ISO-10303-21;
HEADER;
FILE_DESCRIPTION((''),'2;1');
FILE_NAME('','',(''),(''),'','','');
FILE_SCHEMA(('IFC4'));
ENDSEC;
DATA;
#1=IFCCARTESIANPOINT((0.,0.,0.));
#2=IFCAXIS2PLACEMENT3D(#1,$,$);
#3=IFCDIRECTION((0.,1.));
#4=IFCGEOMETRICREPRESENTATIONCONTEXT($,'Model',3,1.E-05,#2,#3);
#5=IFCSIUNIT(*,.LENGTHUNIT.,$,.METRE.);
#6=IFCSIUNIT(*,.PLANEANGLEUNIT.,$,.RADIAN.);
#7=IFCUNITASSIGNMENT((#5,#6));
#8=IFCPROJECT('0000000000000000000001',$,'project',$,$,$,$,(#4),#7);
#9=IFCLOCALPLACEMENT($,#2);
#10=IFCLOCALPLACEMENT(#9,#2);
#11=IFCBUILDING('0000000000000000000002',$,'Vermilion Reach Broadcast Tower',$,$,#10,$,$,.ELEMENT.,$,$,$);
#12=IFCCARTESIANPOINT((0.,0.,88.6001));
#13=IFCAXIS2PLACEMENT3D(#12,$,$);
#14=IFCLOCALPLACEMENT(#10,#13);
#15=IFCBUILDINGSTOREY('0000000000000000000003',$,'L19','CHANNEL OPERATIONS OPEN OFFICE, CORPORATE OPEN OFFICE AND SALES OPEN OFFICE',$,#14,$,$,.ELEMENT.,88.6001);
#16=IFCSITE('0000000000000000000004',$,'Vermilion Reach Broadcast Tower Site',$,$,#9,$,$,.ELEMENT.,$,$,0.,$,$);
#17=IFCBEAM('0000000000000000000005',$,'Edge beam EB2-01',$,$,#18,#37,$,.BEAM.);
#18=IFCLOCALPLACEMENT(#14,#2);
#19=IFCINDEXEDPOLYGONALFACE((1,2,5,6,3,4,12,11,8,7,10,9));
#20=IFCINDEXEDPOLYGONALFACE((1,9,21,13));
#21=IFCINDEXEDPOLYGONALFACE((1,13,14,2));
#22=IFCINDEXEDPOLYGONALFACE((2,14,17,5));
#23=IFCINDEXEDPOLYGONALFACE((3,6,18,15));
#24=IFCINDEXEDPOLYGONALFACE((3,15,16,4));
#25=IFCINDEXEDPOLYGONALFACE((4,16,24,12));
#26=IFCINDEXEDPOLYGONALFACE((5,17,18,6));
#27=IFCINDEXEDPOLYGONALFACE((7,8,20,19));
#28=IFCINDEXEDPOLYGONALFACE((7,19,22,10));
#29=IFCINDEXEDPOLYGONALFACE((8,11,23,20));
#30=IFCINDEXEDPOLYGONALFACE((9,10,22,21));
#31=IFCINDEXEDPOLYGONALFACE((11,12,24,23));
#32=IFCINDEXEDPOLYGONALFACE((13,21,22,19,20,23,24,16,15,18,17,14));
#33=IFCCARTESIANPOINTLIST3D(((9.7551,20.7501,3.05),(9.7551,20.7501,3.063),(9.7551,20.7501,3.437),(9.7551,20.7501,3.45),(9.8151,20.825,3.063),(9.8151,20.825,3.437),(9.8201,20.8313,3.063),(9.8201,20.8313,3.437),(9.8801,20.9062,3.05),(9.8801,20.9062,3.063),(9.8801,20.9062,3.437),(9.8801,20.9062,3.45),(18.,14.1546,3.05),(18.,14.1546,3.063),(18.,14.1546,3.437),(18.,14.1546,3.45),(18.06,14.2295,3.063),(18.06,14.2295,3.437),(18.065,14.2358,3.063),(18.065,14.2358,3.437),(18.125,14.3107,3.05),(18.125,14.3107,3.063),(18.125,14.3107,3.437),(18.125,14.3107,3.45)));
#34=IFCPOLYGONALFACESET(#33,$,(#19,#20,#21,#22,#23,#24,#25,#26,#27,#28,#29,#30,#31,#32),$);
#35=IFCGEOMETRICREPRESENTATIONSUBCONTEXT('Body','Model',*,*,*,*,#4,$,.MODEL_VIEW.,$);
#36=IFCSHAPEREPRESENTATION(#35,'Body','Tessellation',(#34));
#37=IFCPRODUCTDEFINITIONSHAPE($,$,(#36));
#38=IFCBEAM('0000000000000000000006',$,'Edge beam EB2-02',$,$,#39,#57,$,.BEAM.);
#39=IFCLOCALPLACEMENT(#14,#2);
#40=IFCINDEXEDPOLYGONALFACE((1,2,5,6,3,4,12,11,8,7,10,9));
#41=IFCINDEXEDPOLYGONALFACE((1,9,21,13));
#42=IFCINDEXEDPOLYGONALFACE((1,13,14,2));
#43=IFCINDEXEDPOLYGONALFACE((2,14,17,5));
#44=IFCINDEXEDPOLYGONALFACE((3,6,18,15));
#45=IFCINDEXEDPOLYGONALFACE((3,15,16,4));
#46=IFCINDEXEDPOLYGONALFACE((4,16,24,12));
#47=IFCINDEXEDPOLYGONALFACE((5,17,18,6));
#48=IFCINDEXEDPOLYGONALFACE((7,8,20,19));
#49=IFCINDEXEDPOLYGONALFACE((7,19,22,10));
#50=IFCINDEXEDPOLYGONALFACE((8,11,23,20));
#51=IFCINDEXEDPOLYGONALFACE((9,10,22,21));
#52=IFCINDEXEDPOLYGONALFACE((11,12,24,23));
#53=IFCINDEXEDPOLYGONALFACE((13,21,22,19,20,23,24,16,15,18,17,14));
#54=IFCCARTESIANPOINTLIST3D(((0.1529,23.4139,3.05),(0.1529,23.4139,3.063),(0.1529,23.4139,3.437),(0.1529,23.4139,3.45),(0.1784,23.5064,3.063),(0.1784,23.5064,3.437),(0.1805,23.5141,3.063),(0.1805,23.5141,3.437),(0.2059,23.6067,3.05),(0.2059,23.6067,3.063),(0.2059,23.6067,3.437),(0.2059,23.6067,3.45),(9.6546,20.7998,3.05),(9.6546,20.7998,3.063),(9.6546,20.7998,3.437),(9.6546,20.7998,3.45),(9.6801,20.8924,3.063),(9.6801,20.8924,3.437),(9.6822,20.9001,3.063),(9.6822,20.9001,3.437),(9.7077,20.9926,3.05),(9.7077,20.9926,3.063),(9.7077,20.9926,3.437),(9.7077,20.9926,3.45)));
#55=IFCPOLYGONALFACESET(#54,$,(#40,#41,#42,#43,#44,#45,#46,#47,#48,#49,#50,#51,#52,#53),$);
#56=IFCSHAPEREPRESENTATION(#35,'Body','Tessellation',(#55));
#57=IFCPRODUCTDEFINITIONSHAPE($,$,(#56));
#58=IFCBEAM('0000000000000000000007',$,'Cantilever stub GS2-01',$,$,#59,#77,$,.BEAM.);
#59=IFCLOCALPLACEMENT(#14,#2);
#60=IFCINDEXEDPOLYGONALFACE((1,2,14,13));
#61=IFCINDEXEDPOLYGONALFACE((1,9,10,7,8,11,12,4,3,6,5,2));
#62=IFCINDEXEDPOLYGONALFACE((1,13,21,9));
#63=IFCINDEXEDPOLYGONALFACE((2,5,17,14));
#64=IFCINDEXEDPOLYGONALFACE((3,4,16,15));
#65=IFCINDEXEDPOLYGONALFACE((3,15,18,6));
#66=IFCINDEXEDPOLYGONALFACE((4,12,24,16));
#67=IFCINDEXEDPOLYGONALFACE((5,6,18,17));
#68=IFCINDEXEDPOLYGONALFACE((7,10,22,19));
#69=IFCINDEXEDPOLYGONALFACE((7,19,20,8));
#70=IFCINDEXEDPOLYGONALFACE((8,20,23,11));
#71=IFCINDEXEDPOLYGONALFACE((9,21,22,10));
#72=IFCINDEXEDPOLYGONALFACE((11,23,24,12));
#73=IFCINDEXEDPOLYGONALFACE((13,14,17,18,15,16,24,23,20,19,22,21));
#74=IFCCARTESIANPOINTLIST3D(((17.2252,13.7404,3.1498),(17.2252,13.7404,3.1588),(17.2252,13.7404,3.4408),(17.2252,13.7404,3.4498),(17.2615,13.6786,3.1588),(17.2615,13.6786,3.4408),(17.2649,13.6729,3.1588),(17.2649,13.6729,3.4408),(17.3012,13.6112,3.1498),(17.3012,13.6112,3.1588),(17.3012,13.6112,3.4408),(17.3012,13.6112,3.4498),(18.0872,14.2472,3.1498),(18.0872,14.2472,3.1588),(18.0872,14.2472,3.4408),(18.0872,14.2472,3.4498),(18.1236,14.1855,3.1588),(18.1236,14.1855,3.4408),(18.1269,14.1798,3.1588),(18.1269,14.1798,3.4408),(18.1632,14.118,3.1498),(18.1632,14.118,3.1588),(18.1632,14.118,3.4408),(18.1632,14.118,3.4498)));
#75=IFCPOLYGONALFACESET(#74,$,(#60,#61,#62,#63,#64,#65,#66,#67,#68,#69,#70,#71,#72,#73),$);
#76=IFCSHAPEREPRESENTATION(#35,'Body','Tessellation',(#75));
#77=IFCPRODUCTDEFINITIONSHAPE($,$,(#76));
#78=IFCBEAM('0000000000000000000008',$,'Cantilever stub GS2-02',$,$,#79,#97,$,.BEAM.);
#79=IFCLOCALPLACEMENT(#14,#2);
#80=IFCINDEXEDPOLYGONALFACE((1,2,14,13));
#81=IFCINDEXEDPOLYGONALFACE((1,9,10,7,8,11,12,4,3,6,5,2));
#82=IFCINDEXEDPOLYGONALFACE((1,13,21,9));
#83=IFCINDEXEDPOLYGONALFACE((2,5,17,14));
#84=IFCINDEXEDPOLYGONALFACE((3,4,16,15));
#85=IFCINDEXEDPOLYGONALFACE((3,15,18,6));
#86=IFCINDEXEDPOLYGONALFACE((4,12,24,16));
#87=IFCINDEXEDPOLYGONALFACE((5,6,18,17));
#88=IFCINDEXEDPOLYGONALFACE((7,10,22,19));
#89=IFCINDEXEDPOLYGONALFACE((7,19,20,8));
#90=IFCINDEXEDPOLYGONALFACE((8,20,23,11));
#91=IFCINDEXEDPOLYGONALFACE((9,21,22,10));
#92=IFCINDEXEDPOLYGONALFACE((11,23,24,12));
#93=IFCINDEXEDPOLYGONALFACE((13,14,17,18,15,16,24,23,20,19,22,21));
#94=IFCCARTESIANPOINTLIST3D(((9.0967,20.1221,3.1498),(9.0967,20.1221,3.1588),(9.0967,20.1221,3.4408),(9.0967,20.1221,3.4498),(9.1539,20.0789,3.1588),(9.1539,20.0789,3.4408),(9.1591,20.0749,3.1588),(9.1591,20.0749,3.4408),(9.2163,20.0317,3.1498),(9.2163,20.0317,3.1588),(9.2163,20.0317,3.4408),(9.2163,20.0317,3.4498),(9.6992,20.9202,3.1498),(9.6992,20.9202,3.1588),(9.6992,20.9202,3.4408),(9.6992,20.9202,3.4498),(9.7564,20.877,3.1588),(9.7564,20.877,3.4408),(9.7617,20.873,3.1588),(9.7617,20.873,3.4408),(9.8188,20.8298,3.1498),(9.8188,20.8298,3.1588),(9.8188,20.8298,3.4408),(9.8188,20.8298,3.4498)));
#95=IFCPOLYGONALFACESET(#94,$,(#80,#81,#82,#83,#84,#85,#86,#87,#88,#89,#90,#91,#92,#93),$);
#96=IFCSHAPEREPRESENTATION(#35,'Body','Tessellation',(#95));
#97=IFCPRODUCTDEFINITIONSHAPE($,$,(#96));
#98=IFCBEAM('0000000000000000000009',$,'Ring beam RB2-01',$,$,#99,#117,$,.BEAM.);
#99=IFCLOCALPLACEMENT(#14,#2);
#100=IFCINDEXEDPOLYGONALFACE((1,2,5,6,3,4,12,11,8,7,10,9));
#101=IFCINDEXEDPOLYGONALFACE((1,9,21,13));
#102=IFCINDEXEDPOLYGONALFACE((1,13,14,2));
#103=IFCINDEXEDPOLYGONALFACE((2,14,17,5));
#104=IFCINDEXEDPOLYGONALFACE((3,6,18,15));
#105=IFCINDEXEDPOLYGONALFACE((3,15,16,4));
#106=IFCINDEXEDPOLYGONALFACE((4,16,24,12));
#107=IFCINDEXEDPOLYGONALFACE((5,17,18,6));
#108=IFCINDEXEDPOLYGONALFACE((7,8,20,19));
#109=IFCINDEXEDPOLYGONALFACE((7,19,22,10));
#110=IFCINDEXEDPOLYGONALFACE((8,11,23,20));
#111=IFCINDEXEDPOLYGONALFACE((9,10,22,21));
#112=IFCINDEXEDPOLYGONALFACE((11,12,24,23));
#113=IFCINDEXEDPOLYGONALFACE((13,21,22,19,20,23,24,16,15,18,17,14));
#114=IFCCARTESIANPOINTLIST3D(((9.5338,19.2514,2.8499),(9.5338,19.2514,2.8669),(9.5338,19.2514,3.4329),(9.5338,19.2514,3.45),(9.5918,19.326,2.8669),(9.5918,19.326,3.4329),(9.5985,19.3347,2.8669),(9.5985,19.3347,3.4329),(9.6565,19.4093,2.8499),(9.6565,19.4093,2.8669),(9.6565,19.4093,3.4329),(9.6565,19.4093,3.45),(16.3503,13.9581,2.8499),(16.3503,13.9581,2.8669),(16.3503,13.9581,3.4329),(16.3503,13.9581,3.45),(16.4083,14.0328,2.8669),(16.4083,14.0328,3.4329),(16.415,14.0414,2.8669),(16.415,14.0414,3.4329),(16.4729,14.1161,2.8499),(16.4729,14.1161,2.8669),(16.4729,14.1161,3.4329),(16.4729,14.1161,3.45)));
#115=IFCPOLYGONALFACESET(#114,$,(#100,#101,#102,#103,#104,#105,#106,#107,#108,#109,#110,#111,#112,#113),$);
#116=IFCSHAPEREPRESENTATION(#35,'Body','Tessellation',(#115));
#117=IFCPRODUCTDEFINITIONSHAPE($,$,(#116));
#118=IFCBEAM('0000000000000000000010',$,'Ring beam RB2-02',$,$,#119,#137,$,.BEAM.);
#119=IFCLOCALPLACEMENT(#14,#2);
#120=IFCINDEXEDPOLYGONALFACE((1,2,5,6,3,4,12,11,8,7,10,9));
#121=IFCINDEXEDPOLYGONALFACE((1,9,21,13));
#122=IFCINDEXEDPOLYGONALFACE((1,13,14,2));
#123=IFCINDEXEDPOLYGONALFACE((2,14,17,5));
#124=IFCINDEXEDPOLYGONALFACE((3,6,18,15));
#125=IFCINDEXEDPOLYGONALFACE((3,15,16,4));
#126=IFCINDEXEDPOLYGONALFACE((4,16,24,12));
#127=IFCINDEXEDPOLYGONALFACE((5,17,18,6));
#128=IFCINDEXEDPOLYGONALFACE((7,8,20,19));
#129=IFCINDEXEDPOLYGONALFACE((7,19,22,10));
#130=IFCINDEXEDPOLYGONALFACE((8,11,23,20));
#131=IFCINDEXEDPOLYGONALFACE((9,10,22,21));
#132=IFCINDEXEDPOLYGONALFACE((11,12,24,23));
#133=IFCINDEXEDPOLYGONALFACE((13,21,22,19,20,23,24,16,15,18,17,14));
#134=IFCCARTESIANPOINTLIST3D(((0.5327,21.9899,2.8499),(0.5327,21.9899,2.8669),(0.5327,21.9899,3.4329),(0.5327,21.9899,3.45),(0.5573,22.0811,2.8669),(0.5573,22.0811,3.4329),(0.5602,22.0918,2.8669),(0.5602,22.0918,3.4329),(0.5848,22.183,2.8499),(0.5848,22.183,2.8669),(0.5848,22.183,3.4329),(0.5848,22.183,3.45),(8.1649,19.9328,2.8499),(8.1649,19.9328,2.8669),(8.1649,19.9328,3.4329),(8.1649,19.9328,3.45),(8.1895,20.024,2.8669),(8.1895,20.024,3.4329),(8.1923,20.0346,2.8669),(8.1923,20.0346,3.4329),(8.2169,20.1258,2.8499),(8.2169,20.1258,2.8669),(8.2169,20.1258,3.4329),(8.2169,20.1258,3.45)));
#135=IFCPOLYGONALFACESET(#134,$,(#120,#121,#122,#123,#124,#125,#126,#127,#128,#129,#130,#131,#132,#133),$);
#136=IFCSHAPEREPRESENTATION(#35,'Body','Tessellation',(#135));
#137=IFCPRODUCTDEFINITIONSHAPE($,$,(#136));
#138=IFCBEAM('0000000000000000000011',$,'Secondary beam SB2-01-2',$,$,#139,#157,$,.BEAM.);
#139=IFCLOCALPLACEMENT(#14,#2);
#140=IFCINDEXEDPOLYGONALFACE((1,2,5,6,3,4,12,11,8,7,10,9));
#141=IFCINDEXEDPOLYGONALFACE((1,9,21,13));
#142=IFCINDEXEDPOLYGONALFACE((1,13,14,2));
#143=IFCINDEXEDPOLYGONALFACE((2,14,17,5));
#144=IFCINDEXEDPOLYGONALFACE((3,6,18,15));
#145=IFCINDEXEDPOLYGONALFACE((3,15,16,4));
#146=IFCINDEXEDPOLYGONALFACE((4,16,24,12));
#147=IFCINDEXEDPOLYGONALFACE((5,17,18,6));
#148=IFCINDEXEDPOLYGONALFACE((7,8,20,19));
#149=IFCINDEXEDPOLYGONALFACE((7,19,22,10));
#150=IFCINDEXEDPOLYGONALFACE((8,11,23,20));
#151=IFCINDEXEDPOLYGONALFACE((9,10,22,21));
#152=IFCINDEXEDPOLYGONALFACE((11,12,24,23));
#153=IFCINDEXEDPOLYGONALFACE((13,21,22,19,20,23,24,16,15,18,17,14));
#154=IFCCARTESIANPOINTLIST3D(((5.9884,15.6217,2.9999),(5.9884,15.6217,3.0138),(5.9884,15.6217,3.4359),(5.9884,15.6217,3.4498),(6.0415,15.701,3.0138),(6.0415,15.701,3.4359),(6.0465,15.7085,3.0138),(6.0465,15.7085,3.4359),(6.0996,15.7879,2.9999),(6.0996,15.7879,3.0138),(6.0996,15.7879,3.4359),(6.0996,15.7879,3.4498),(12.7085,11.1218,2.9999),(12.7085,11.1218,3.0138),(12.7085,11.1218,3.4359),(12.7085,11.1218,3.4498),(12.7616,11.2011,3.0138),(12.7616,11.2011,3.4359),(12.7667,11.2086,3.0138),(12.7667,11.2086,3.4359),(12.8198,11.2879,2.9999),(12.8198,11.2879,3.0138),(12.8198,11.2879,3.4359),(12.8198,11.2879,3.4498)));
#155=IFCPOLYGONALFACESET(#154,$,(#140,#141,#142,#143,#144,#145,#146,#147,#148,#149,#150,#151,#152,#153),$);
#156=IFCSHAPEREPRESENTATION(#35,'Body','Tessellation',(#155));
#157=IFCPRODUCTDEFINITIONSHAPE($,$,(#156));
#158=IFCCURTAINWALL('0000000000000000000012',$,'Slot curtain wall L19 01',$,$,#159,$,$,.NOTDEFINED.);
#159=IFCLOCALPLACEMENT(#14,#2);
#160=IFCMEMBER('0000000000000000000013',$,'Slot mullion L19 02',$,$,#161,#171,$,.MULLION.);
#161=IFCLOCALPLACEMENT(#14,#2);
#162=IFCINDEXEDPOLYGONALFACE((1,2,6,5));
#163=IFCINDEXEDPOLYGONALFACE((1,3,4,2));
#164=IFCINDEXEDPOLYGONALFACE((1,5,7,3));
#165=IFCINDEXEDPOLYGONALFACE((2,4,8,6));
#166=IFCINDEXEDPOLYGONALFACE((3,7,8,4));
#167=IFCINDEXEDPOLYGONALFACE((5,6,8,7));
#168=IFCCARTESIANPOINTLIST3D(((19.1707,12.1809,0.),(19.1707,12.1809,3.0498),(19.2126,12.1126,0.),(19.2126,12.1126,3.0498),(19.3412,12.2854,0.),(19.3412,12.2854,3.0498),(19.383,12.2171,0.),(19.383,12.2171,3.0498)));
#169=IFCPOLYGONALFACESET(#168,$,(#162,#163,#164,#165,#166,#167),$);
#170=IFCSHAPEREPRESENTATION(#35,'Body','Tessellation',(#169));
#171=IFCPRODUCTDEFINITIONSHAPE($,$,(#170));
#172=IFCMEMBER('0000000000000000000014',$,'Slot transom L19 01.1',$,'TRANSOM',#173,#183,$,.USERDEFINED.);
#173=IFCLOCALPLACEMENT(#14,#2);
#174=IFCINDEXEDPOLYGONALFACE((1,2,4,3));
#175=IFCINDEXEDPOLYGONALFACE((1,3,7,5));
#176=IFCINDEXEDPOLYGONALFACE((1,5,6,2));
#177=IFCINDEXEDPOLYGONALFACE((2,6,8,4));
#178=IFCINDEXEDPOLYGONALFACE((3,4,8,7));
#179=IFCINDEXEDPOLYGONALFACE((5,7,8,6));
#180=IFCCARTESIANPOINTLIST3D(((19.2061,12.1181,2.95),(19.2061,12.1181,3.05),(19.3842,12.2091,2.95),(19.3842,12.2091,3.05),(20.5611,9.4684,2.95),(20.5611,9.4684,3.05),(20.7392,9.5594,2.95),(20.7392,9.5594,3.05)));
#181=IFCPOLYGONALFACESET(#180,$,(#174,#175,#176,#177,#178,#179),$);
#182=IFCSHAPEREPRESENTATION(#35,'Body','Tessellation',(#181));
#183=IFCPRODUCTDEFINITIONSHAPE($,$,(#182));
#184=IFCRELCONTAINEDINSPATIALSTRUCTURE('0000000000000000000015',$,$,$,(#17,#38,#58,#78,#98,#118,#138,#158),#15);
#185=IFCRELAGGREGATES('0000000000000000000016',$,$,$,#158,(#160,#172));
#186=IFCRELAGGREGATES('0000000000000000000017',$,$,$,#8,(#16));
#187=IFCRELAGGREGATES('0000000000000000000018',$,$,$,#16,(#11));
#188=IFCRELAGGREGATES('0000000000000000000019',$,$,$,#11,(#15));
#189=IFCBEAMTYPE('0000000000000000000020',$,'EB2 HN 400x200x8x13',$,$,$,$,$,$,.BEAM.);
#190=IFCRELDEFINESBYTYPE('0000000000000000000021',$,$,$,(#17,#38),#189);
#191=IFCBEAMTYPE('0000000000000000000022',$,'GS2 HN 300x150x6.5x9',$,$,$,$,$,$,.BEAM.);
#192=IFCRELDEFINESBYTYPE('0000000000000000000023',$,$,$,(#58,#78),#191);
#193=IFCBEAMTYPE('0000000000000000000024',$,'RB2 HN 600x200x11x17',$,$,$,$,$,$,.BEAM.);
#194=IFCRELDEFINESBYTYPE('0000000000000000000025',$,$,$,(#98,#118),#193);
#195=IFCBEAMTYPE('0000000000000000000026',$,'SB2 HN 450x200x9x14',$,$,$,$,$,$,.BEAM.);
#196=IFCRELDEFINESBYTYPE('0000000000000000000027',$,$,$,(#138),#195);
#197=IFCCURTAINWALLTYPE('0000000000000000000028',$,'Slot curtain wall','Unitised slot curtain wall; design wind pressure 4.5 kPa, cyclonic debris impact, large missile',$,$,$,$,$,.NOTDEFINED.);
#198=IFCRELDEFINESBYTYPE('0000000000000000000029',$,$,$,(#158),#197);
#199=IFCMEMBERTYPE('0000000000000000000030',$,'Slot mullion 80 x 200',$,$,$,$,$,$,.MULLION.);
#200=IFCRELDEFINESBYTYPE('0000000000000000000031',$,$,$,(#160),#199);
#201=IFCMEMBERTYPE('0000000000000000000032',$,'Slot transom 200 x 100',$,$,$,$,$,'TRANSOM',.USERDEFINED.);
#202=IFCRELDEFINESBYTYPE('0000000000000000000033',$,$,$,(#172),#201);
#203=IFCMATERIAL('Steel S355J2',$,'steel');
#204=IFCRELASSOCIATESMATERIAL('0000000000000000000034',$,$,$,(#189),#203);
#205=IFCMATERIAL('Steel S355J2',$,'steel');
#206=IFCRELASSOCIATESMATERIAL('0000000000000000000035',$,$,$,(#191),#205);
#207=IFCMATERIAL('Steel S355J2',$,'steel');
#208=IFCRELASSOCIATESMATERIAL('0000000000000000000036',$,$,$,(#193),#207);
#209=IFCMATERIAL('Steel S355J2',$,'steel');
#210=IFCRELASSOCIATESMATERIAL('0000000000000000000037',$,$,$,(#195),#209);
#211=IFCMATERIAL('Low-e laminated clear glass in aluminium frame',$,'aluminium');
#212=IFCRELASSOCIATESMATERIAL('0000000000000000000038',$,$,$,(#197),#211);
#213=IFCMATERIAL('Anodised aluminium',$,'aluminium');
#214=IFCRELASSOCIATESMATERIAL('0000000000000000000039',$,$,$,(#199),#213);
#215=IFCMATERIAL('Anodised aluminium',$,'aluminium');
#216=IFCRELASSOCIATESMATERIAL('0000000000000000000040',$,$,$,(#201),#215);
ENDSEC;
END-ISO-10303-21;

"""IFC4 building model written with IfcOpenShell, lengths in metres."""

from ifc_helpers import new_model, si_unit, direction, frame, origin, origin_2d, place, context, subcontext, project, spatial, rectangle, i_section, extrude, material, material_profile, profile_set, type_object, element, aggregate, save


model = new_model("IFC4")

# Units and contexts
model_context = context("Model", 3, precision=1e-05, world=origin(), true_north=direction((0.0, 1.0)))
body_context = subcontext(model_context, "Body", "Model", "MODEL_VIEW")
ifc_project = project(units=[si_unit("LENGTHUNIT", "METRE"), si_unit("PLANEANGLEUNIT", "RADIAN")], contexts=[model_context])

# Site, building, storey
site_placement = place(None, origin())
site = spatial("IfcSite", under=ifc_project, at=site_placement, Name="Vermilion Reach Broadcast Tower Site", CompositionType="ELEMENT", RefElevation=0.0)
building_placement = place(site_placement, origin())
building = spatial("IfcBuilding", under=site, at=building_placement, Name="Vermilion Reach Broadcast Tower", CompositionType="ELEMENT")
storey_placement = place(building_placement, frame((0.0, 0.0, 88.6001)))
storey = spatial("IfcBuildingStorey", under=building, at=storey_placement, Name="L19", Description="CHANNEL OPERATIONS OPEN OFFICE, CORPORATE OPEN OFFICE AND SALES OPEN OFFICE", CompositionType="ELEMENT", Elevation=88.6001)

# Beams
ifc_material_1 = material(Name="Steel S355J2", Category="steel")
ifc_material_profile_1 = material_profile(ifc_material_1, i_section(OverallWidth=0.2, OverallDepth=0.3999, WebThickness=0.0081, FlangeThickness=0.0129, at=origin_2d()), Name="S355J2 HN 400x200x8x13")
ifc_profile_set_1 = profile_set([ifc_material_profile_1], Name="Steel S355J2")
beam_type_1 = type_object("IfcBeamType", Name="EB2 HN 400x200x8x13", PredefinedType="BEAM", material=ifc_profile_set_1)
beam_1_placement = place(storey_placement, frame((18.0625, 14.2327, 3.25), z_axis=(-0.780889, 0.62467, 0.0), x_axis=(-0.62467, -0.780889, 0.0)))
element("IfcBeam", 1, at=beam_1_placement, inside=storey, type_object=beam_type_1, Name="Edge beam EB2-01", PredefinedType="BEAM", context=body_context, shape_type="SweptSolid", body=[
    extrude(i_section(OverallWidth=0.2, OverallDepth=0.3999, WebThickness=0.0081, FlangeThickness=0.0129, at=origin_2d()), origin(), (0.0, 0.0, 1.0), 10.5583),
])
beam_2_placement = place(storey_placement, frame((9.6812, 20.8962, 3.25), z_axis=(-0.964178, 0.265255, 0.0), x_axis=(-0.265255, -0.964178, 0.0)))
element("IfcBeam", 2, at=beam_2_placement, inside=storey, type_object=beam_type_1, Name="Edge beam EB2-02", PredefinedType="BEAM", context=body_context, shape_type="SweptSolid", body=[
    extrude(i_section(OverallWidth=0.2, OverallDepth=0.3999, WebThickness=0.0081, FlangeThickness=0.0129, at=origin_2d()), origin(), (0.0, 0.0, 1.0), 9.8547),
])
ifc_material_2 = material(Name="Steel S355J2", Category="steel")
ifc_material_profile_2 = material_profile(ifc_material_2, i_section(OverallWidth=0.1499, OverallDepth=0.3, WebThickness=0.0066, FlangeThickness=0.009, at=origin_2d()), Name="S355J2 HN 300x150x6.5x9")
ifc_profile_set_2 = profile_set([ifc_material_profile_2], Name="Steel S355J2")
beam_type_2 = type_object("IfcBeamType", Name="GS2 HN 300x150x6.5x9", PredefinedType="BEAM", material=ifc_profile_set_2)
for number, where, z_axis, x_axis, name in (
    (3, (17.2632, 13.6758, 3.2998), (0.862047, 0.506828, 0.0), (-0.506828, 0.862047, 0.0), "Cantilever stub GS2-01"),
    (4, (9.1565, 20.0769, 3.2998), (0.602536, 0.798092, 0.0), (-0.798092, 0.602536, 0.0), "Cantilever stub GS2-02"),
):
    element("IfcBeam", number, at=place(storey_placement, frame(where, z_axis=z_axis, x_axis=x_axis)), inside=storey, type_object=beam_type_2, Name=name, PredefinedType="BEAM", context=body_context, shape_type="SweptSolid", body=[
        extrude(i_section(OverallWidth=0.1499, OverallDepth=0.3, WebThickness=0.0066, FlangeThickness=0.009, at=origin_2d()), origin(), (0.0, 0.0, 1.0), 1.0),
    ])
ifc_material_3 = material(Name="Steel S355J2", Category="steel")
ifc_material_profile_3 = material_profile(ifc_material_3, i_section(OverallWidth=0.2, OverallDepth=0.6001, WebThickness=0.011, FlangeThickness=0.0171, at=origin_2d()), Name="S355J2 HN 600x200x11x17")
ifc_profile_set_3 = profile_set([ifc_material_profile_3], Name="Steel S355J2")
beam_type_3 = type_object("IfcBeamType", Name="RB2 HN 600x200x11x17", PredefinedType="BEAM", material=ifc_profile_set_3)
beam_3_placement = place(storey_placement, frame((16.4116, 14.0371, 3.1499), z_axis=(-0.789826, 0.613331, 0.0), x_axis=(-0.613331, -0.789826, 0.0)))
element("IfcBeam", 5, at=beam_3_placement, inside=storey, type_object=beam_type_3, Name="Ring beam RB2-01", PredefinedType="BEAM", context=body_context, shape_type="SweptSolid", body=[
    extrude(i_section(OverallWidth=0.2, OverallDepth=0.6001, WebThickness=0.011, FlangeThickness=0.0171, at=origin_2d()), origin(), (0.0, 0.0, 1.0), 8.6304),
])
beam_4_placement = place(storey_placement, frame((8.1909, 20.0293, 3.1499), z_axis=(-0.965541, 0.260249, 0.0), x_axis=(-0.260249, -0.965541, 0.0)))
element("IfcBeam", 6, at=beam_4_placement, inside=storey, type_object=beam_type_3, Name="Ring beam RB2-02", PredefinedType="BEAM", context=body_context, shape_type="SweptSolid", body=[
    extrude(i_section(OverallWidth=0.2, OverallDepth=0.6001, WebThickness=0.011, FlangeThickness=0.0171, at=origin_2d()), origin(), (0.0, 0.0, 1.0), 7.9045),
])
ifc_material_4 = material(Name="Steel S355J2", Category="steel")
ifc_material_profile_4 = material_profile(ifc_material_4, i_section(OverallWidth=0.2, OverallDepth=0.45, WebThickness=0.009, FlangeThickness=0.0139, at=origin_2d()), Name="S355J2 HN 450x200x9x14")
ifc_profile_set_4 = profile_set([ifc_material_profile_4], Name="Steel S355J2")
beam_type_4 = type_object("IfcBeamType", Name="SB2 HN 450x200x9x14", PredefinedType="BEAM", material=ifc_profile_set_4)
beam_5_placement = place(storey_placement, frame((12.7642, 11.2048, 3.2249), z_axis=(-0.830915, 0.556399, 0.0), x_axis=(-0.556399, -0.830915, 0.0)))
element("IfcBeam", 7, at=beam_5_placement, inside=storey, type_object=beam_type_4, Name="Secondary beam SB2-01-2", PredefinedType="BEAM", context=body_context, shape_type="SweptSolid", body=[
    extrude(i_section(OverallWidth=0.2, OverallDepth=0.45, WebThickness=0.009, FlangeThickness=0.0139, at=origin_2d()), origin(), (0.0, 0.0, 1.0), 8.0876),
])

# Curtain wall, members
ifc_material_5 = material(Name="Low-e laminated clear glass in aluminium frame", Category="aluminium")
curtain_wall_type = type_object("IfcCurtainWallType", Name="Slot curtain wall", Description="Unitised slot curtain wall; design wind pressure 4.5 kPa, cyclonic debris impact, large missile", PredefinedType="NOTDEFINED", material=ifc_material_5)
curtain_wall_placement = place(storey_placement, origin())
curtain_wall = element("IfcCurtainWall", 8, at=curtain_wall_placement, inside=storey, type_object=curtain_wall_type, Name="Slot curtain wall L19 01", PredefinedType="NOTDEFINED")
ifc_material_6 = material(Name="Anodised aluminium", Category="aluminium")
ifc_material_profile_5 = material_profile(ifc_material_6, rectangle(XDim=0.2, YDim=0.0801, at=origin_2d()), Name="Slot mullion 80 x 200")
ifc_profile_set_5 = profile_set([ifc_material_profile_5], Name="Anodised aluminium")
member_type_1 = type_object("IfcMemberType", Name="Slot mullion 80 x 200", PredefinedType="MULLION", material=ifc_profile_set_5)
member_1_placement = place(storey_placement, frame((19.2769, 12.199, 0.0), z_axis=(0.0, 0.0, 1.0), x_axis=(-0.852518, -0.522698, 0.0)))
member_1 = element("IfcMember", 9, at=member_1_placement, type_object=member_type_1, Name="Slot mullion L19 02", PredefinedType="MULLION", context=body_context, shape_type="SweptSolid", body=[
    extrude(rectangle(XDim=0.2, YDim=0.0801, at=origin_2d()), origin(), (0.0, 0.0, 1.0), 3.0498),
])
ifc_material_7 = material(Name="Anodised aluminium", Category="aluminium")
ifc_material_profile_6 = material_profile(ifc_material_7, rectangle(XDim=0.2, YDim=0.1001, at=origin_2d()), Name="Slot transom 200 x 100")
ifc_profile_set_6 = profile_set([ifc_material_profile_6], Name="Anodised aluminium")
member_type_2 = type_object("IfcMemberType", Name="Slot transom 200 x 100", ElementType="TRANSOM", PredefinedType="USERDEFINED", material=ifc_profile_set_6)
member_2_placement = place(storey_placement, frame((20.6501, 9.5139, 3.0), z_axis=(-0.4553, 0.890338, 0.0), x_axis=(-0.890338, -0.4553, 0.0)))
member_2 = element("IfcMember", 10, at=member_2_placement, type_object=member_type_2, Name="Slot transom L19 01.1", ObjectType="TRANSOM", PredefinedType="USERDEFINED", context=body_context, shape_type="SweptSolid", body=[
    extrude(rectangle(XDim=0.2, YDim=0.1001, at=origin_2d()), origin(), (0.0, 0.0, 1.0), 2.9761),
])
aggregate(curtain_wall, [member_1, member_2])

save(model, "model.ifc")
